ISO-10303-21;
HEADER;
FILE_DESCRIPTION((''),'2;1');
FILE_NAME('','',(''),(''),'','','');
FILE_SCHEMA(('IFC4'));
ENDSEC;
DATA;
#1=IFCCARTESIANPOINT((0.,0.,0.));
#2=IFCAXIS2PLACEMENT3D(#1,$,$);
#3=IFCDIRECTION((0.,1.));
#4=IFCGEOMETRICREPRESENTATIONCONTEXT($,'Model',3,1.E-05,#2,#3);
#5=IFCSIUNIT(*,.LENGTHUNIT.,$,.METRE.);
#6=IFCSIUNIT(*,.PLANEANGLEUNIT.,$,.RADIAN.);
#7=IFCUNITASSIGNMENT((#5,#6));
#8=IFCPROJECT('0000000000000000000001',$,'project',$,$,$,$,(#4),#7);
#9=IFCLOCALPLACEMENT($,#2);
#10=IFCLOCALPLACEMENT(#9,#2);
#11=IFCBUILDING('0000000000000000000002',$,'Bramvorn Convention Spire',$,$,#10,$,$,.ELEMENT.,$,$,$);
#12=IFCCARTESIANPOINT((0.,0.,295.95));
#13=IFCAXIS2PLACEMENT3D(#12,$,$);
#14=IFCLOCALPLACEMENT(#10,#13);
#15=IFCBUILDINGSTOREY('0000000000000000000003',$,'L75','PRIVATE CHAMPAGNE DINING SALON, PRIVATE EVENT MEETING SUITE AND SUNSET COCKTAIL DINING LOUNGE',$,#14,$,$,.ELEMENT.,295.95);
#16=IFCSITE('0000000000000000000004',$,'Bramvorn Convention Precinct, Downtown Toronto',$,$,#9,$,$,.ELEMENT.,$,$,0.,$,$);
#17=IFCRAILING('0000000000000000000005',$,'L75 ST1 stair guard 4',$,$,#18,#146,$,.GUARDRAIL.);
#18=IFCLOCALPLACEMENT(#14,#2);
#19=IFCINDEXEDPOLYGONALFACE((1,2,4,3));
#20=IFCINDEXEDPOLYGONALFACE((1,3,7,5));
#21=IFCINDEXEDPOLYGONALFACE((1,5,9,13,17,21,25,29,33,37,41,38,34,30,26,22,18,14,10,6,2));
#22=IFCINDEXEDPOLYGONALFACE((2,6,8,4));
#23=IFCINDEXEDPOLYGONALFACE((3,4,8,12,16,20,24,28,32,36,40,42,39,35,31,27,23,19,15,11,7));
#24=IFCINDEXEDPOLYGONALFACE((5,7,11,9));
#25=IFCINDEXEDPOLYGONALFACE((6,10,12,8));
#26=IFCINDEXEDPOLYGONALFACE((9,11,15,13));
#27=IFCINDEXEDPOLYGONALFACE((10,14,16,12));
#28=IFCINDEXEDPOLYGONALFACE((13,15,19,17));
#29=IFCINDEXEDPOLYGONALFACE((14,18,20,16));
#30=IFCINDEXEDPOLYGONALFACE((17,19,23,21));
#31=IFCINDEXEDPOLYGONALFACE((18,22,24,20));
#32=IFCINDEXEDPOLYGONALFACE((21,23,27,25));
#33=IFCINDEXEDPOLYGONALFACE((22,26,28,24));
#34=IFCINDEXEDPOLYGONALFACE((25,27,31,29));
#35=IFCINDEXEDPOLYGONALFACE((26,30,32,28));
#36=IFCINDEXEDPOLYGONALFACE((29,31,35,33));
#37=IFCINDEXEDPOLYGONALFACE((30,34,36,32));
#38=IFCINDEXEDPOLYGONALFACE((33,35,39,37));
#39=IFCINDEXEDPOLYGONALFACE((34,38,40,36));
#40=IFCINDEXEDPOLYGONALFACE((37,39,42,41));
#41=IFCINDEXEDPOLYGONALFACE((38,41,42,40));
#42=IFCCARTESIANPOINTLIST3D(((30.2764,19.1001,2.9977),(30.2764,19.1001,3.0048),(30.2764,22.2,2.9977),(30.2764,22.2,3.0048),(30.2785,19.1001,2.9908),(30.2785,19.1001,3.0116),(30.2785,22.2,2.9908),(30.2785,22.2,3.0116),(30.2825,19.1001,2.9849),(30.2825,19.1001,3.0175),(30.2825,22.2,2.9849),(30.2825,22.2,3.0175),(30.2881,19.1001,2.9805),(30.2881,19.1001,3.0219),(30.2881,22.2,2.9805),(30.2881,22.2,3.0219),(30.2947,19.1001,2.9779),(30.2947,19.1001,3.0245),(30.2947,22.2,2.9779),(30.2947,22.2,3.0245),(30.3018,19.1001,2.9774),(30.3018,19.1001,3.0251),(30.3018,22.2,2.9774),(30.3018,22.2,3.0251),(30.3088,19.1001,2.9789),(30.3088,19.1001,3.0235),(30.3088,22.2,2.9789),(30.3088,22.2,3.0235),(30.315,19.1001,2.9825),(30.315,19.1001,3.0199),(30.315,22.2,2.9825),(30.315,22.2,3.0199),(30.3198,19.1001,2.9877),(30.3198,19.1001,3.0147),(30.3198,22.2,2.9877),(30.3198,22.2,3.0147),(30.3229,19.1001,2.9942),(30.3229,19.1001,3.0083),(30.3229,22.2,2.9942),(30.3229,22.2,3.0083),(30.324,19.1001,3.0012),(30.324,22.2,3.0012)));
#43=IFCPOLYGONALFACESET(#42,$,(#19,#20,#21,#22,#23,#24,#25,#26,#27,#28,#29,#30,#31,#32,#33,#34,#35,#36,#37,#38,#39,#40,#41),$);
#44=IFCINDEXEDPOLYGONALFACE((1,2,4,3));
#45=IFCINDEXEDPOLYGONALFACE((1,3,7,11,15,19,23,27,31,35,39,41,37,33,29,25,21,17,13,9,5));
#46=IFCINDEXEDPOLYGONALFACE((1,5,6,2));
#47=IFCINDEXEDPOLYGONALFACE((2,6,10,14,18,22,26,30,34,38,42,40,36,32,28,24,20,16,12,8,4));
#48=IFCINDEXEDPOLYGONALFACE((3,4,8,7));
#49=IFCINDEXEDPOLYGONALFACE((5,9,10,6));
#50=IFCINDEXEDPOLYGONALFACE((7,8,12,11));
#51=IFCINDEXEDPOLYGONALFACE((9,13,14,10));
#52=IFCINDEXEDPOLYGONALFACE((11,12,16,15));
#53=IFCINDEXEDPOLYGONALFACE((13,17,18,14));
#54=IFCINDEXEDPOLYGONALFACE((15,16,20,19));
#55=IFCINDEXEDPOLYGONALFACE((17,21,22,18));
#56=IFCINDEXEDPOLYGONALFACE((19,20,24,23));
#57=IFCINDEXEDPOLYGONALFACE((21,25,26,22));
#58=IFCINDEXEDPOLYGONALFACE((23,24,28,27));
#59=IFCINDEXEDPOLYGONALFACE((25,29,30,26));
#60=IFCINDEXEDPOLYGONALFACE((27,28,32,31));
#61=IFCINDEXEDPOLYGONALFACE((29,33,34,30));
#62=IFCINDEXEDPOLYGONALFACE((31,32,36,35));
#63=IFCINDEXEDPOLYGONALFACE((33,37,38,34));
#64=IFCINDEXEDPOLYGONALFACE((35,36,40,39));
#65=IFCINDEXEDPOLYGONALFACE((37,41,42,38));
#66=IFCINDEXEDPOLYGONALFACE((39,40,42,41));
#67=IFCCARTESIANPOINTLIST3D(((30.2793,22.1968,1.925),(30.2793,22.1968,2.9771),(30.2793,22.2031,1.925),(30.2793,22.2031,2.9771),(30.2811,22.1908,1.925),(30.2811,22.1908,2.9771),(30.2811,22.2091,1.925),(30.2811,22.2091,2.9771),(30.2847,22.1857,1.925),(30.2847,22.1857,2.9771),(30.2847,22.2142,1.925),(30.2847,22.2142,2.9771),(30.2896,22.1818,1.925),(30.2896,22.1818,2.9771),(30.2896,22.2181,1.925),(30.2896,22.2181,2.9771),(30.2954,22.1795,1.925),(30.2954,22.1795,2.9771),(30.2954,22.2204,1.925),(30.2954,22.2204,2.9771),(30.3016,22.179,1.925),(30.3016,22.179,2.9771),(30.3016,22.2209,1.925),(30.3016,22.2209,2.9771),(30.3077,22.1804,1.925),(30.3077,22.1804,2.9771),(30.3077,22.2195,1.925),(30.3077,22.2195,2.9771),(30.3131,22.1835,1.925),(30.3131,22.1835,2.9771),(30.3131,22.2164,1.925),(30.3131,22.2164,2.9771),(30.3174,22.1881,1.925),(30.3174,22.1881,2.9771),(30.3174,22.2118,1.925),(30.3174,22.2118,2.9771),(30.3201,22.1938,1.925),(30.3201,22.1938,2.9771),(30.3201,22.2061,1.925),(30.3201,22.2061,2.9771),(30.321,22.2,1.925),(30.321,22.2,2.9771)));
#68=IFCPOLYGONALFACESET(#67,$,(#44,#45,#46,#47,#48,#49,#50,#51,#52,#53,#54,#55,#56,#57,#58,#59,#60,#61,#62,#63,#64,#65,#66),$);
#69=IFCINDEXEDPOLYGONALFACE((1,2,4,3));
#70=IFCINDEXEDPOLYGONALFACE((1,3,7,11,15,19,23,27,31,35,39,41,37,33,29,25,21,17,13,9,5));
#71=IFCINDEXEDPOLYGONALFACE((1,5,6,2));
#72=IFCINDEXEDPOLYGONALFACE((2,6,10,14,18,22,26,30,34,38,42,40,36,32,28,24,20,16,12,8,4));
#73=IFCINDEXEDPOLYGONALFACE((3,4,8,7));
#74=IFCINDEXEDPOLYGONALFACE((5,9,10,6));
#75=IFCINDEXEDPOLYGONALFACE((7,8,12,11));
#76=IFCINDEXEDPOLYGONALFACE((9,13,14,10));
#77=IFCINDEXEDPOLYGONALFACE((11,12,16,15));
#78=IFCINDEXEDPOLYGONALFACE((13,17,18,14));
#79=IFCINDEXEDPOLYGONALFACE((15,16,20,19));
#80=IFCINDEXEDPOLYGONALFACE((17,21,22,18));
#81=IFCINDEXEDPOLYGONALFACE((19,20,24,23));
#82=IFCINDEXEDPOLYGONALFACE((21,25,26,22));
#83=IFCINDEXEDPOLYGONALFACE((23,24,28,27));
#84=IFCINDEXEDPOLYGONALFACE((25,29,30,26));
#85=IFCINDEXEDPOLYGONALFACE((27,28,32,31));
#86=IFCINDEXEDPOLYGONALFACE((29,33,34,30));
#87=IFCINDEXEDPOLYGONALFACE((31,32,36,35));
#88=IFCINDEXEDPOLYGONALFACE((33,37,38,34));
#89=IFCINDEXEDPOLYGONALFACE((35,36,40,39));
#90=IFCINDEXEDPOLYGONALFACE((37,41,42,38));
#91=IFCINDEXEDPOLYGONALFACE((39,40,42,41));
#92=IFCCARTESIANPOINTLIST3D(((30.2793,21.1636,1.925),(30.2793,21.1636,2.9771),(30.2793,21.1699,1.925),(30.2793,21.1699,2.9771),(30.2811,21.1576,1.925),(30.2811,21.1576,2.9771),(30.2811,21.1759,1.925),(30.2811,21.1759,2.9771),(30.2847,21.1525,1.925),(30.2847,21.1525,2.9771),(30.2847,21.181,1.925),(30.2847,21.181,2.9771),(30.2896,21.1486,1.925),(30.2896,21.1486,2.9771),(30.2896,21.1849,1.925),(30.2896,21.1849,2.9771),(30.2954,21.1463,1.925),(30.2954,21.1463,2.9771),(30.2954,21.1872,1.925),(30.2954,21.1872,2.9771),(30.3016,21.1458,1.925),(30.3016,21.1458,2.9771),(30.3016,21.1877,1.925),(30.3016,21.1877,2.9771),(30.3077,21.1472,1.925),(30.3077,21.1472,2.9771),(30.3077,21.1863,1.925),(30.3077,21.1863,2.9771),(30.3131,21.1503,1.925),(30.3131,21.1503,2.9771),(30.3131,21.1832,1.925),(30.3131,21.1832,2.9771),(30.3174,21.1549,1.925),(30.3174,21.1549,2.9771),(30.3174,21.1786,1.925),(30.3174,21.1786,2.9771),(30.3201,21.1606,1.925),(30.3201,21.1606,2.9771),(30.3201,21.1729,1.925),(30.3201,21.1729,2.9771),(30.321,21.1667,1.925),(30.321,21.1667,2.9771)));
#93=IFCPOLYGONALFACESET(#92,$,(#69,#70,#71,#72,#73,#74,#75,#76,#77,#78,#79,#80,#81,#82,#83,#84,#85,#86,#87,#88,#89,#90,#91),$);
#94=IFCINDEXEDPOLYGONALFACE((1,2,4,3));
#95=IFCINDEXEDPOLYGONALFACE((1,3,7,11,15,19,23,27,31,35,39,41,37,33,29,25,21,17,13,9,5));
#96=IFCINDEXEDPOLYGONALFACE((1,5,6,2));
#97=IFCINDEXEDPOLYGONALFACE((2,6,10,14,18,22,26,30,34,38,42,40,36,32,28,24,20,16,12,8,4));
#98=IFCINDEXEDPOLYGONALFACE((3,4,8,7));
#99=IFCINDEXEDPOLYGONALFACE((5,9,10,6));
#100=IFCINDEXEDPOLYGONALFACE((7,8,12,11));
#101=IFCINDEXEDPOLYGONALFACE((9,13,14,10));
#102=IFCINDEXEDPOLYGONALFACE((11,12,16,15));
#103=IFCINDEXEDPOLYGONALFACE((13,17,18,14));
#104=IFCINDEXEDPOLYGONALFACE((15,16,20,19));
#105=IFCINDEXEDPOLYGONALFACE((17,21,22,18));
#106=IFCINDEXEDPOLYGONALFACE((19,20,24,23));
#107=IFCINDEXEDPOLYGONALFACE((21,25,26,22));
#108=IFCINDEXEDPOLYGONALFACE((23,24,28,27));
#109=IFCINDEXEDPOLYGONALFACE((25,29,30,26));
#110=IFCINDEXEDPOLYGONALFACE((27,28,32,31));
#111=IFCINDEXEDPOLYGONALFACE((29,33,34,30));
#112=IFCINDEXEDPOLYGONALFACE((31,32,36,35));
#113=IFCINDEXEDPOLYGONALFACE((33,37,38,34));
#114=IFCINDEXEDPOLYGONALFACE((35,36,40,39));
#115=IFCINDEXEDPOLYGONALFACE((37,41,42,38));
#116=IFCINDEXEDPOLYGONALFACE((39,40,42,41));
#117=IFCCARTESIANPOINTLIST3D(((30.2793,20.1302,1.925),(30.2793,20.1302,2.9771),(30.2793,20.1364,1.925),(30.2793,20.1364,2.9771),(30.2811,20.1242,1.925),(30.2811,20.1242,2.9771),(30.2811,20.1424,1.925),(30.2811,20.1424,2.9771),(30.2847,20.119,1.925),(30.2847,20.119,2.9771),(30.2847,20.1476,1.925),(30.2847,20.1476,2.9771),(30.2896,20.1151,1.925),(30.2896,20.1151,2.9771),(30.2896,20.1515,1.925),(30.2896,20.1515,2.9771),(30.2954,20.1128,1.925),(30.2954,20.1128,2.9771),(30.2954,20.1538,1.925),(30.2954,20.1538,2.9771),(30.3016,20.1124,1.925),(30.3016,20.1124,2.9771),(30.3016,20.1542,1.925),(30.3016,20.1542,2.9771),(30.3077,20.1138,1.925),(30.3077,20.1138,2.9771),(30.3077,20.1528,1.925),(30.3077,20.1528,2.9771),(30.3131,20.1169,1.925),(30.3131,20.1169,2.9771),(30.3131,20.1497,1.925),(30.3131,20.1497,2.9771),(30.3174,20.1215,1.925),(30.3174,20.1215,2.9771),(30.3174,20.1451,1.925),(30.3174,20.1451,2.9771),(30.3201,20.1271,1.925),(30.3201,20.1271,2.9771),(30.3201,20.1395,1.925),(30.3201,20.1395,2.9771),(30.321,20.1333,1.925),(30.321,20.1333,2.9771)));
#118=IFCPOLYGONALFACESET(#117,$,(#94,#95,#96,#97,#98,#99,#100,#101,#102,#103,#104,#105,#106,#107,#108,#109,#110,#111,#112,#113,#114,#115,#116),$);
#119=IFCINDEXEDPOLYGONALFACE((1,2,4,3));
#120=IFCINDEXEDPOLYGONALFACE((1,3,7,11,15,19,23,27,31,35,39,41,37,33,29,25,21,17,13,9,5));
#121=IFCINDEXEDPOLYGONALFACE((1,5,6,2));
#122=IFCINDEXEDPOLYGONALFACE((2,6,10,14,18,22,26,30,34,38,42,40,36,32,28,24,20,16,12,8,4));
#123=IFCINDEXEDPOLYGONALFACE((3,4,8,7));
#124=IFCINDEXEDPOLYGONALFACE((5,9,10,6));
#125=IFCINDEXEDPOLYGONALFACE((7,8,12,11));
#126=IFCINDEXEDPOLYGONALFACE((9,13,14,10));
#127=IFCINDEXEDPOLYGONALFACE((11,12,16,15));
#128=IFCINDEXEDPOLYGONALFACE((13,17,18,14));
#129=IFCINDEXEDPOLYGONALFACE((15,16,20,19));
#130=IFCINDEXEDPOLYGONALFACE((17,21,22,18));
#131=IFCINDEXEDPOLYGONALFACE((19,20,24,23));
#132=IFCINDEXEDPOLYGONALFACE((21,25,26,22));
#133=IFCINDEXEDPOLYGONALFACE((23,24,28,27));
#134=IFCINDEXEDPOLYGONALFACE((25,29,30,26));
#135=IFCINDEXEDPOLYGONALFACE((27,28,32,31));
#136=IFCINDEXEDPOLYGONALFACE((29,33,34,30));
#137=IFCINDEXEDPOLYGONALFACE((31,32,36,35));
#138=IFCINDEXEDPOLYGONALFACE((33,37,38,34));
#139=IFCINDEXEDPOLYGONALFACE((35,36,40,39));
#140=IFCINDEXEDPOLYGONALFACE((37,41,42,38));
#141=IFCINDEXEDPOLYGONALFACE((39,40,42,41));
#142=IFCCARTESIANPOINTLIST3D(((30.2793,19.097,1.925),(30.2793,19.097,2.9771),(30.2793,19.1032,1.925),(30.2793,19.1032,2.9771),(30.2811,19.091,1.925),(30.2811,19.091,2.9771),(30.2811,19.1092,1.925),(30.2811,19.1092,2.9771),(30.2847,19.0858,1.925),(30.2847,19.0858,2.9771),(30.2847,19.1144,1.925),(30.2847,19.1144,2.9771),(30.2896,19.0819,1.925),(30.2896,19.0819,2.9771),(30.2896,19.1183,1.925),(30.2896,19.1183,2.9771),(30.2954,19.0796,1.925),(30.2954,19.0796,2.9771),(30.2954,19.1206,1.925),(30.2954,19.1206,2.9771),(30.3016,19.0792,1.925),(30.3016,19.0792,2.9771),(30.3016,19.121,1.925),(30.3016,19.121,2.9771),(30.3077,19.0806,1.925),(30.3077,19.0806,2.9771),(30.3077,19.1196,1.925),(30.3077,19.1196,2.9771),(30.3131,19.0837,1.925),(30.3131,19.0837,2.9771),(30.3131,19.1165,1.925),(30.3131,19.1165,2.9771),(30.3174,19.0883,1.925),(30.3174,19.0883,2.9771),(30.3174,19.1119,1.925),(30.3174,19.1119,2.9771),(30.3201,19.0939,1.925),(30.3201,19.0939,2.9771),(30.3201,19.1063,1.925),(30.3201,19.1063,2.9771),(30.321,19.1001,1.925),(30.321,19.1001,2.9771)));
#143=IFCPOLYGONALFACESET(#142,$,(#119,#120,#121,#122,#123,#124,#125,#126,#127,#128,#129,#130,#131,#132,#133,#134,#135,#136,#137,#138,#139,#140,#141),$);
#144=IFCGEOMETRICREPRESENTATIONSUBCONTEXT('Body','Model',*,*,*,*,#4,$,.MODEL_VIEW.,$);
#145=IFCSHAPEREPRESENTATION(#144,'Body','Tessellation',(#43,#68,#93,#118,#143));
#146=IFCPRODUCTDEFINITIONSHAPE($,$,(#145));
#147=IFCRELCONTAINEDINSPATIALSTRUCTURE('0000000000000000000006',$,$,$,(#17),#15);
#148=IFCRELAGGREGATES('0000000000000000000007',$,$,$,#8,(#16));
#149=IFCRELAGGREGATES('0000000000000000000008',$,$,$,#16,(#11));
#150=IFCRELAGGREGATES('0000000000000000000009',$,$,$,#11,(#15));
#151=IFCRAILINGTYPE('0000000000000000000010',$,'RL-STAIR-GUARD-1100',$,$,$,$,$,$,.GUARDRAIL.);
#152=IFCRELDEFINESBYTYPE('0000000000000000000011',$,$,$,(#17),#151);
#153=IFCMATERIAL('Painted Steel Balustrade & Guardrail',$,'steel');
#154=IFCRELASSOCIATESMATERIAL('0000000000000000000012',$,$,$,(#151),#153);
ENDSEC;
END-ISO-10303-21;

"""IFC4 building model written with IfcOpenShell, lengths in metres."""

from ifc_helpers import new_model, si_unit, direction, frame, origin, origin_2d, place, context, subcontext, project, spatial, circle, extrude, material, type_object, element, save


model = new_model("IFC4")

# Units and contexts
model_context = context("Model", 3, precision=1e-05, world=origin(), true_north=direction((0.0, 1.0)))
body_context = subcontext(model_context, "Body", "Model", "MODEL_VIEW")
ifc_project = project(units=[si_unit("LENGTHUNIT", "METRE"), si_unit("PLANEANGLEUNIT", "RADIAN")], contexts=[model_context])

# Site, building, storey
site_placement = place(None, origin())
site = spatial("IfcSite", under=ifc_project, at=site_placement, Name="Bramvorn Convention Precinct, Downtown Toronto", CompositionType="ELEMENT", RefElevation=0.0)
building_placement = place(site_placement, origin())
building = spatial("IfcBuilding", under=site, at=building_placement, Name="Bramvorn Convention Spire", CompositionType="ELEMENT")
storey_placement = place(building_placement, frame((0.0, 0.0, 295.95)))
storey = spatial("IfcBuildingStorey", under=building, at=storey_placement, Name="L75", Description="PRIVATE CHAMPAGNE DINING SALON, PRIVATE EVENT MEETING SUITE AND SUNSET COCKTAIL DINING LOUNGE", CompositionType="ELEMENT", Elevation=295.95)

# Railing
ifc_material_1 = material(Name="Painted Steel Balustrade & Guardrail", Category="steel")
railing_type_1 = type_object("IfcRailingType", Name="RL-STAIR-GUARD-1100", PredefinedType="GUARDRAIL", material=ifc_material_1)
for number, where, name in (
    (1, (30.3, 22.2, 1.925), "L75 ST1 stair guard 4"),
):
    element("IfcRailing", number, at=place(storey_placement, frame(where)), inside=storey, type_object=railing_type_1, Name=name, PredefinedType="GUARDRAIL", context=body_context, shape_type="SweptSolid", body=[
        extrude(circle(Radius=0.0239, at=origin_2d()), frame((0.0, 0.0, 1.0762), z_axis=(0.0, -1.0, 0.0), x_axis=(1.0, 0.0, 0.0)), (0.0, 0.0, 1.0), 3.0999),
        extrude(circle(Radius=0.021, at=origin_2d()), origin(), (0.0, 0.0, 1.0), 1.052),
        extrude(circle(Radius=0.021, at=origin_2d()), frame((0.0, -1.0332, 0.0)), (0.0, 0.0, 1.0), 1.052),
        extrude(circle(Radius=0.021, at=origin_2d()), frame((0.0, -2.0667, 0.0)), (0.0, 0.0, 1.0), 1.052),
        extrude(circle(Radius=0.021, at=origin_2d()), frame((0.0, -3.0999, 0.0)), (0.0, 0.0, 1.0), 1.052),
    ])

save(model, "model.ifc")
